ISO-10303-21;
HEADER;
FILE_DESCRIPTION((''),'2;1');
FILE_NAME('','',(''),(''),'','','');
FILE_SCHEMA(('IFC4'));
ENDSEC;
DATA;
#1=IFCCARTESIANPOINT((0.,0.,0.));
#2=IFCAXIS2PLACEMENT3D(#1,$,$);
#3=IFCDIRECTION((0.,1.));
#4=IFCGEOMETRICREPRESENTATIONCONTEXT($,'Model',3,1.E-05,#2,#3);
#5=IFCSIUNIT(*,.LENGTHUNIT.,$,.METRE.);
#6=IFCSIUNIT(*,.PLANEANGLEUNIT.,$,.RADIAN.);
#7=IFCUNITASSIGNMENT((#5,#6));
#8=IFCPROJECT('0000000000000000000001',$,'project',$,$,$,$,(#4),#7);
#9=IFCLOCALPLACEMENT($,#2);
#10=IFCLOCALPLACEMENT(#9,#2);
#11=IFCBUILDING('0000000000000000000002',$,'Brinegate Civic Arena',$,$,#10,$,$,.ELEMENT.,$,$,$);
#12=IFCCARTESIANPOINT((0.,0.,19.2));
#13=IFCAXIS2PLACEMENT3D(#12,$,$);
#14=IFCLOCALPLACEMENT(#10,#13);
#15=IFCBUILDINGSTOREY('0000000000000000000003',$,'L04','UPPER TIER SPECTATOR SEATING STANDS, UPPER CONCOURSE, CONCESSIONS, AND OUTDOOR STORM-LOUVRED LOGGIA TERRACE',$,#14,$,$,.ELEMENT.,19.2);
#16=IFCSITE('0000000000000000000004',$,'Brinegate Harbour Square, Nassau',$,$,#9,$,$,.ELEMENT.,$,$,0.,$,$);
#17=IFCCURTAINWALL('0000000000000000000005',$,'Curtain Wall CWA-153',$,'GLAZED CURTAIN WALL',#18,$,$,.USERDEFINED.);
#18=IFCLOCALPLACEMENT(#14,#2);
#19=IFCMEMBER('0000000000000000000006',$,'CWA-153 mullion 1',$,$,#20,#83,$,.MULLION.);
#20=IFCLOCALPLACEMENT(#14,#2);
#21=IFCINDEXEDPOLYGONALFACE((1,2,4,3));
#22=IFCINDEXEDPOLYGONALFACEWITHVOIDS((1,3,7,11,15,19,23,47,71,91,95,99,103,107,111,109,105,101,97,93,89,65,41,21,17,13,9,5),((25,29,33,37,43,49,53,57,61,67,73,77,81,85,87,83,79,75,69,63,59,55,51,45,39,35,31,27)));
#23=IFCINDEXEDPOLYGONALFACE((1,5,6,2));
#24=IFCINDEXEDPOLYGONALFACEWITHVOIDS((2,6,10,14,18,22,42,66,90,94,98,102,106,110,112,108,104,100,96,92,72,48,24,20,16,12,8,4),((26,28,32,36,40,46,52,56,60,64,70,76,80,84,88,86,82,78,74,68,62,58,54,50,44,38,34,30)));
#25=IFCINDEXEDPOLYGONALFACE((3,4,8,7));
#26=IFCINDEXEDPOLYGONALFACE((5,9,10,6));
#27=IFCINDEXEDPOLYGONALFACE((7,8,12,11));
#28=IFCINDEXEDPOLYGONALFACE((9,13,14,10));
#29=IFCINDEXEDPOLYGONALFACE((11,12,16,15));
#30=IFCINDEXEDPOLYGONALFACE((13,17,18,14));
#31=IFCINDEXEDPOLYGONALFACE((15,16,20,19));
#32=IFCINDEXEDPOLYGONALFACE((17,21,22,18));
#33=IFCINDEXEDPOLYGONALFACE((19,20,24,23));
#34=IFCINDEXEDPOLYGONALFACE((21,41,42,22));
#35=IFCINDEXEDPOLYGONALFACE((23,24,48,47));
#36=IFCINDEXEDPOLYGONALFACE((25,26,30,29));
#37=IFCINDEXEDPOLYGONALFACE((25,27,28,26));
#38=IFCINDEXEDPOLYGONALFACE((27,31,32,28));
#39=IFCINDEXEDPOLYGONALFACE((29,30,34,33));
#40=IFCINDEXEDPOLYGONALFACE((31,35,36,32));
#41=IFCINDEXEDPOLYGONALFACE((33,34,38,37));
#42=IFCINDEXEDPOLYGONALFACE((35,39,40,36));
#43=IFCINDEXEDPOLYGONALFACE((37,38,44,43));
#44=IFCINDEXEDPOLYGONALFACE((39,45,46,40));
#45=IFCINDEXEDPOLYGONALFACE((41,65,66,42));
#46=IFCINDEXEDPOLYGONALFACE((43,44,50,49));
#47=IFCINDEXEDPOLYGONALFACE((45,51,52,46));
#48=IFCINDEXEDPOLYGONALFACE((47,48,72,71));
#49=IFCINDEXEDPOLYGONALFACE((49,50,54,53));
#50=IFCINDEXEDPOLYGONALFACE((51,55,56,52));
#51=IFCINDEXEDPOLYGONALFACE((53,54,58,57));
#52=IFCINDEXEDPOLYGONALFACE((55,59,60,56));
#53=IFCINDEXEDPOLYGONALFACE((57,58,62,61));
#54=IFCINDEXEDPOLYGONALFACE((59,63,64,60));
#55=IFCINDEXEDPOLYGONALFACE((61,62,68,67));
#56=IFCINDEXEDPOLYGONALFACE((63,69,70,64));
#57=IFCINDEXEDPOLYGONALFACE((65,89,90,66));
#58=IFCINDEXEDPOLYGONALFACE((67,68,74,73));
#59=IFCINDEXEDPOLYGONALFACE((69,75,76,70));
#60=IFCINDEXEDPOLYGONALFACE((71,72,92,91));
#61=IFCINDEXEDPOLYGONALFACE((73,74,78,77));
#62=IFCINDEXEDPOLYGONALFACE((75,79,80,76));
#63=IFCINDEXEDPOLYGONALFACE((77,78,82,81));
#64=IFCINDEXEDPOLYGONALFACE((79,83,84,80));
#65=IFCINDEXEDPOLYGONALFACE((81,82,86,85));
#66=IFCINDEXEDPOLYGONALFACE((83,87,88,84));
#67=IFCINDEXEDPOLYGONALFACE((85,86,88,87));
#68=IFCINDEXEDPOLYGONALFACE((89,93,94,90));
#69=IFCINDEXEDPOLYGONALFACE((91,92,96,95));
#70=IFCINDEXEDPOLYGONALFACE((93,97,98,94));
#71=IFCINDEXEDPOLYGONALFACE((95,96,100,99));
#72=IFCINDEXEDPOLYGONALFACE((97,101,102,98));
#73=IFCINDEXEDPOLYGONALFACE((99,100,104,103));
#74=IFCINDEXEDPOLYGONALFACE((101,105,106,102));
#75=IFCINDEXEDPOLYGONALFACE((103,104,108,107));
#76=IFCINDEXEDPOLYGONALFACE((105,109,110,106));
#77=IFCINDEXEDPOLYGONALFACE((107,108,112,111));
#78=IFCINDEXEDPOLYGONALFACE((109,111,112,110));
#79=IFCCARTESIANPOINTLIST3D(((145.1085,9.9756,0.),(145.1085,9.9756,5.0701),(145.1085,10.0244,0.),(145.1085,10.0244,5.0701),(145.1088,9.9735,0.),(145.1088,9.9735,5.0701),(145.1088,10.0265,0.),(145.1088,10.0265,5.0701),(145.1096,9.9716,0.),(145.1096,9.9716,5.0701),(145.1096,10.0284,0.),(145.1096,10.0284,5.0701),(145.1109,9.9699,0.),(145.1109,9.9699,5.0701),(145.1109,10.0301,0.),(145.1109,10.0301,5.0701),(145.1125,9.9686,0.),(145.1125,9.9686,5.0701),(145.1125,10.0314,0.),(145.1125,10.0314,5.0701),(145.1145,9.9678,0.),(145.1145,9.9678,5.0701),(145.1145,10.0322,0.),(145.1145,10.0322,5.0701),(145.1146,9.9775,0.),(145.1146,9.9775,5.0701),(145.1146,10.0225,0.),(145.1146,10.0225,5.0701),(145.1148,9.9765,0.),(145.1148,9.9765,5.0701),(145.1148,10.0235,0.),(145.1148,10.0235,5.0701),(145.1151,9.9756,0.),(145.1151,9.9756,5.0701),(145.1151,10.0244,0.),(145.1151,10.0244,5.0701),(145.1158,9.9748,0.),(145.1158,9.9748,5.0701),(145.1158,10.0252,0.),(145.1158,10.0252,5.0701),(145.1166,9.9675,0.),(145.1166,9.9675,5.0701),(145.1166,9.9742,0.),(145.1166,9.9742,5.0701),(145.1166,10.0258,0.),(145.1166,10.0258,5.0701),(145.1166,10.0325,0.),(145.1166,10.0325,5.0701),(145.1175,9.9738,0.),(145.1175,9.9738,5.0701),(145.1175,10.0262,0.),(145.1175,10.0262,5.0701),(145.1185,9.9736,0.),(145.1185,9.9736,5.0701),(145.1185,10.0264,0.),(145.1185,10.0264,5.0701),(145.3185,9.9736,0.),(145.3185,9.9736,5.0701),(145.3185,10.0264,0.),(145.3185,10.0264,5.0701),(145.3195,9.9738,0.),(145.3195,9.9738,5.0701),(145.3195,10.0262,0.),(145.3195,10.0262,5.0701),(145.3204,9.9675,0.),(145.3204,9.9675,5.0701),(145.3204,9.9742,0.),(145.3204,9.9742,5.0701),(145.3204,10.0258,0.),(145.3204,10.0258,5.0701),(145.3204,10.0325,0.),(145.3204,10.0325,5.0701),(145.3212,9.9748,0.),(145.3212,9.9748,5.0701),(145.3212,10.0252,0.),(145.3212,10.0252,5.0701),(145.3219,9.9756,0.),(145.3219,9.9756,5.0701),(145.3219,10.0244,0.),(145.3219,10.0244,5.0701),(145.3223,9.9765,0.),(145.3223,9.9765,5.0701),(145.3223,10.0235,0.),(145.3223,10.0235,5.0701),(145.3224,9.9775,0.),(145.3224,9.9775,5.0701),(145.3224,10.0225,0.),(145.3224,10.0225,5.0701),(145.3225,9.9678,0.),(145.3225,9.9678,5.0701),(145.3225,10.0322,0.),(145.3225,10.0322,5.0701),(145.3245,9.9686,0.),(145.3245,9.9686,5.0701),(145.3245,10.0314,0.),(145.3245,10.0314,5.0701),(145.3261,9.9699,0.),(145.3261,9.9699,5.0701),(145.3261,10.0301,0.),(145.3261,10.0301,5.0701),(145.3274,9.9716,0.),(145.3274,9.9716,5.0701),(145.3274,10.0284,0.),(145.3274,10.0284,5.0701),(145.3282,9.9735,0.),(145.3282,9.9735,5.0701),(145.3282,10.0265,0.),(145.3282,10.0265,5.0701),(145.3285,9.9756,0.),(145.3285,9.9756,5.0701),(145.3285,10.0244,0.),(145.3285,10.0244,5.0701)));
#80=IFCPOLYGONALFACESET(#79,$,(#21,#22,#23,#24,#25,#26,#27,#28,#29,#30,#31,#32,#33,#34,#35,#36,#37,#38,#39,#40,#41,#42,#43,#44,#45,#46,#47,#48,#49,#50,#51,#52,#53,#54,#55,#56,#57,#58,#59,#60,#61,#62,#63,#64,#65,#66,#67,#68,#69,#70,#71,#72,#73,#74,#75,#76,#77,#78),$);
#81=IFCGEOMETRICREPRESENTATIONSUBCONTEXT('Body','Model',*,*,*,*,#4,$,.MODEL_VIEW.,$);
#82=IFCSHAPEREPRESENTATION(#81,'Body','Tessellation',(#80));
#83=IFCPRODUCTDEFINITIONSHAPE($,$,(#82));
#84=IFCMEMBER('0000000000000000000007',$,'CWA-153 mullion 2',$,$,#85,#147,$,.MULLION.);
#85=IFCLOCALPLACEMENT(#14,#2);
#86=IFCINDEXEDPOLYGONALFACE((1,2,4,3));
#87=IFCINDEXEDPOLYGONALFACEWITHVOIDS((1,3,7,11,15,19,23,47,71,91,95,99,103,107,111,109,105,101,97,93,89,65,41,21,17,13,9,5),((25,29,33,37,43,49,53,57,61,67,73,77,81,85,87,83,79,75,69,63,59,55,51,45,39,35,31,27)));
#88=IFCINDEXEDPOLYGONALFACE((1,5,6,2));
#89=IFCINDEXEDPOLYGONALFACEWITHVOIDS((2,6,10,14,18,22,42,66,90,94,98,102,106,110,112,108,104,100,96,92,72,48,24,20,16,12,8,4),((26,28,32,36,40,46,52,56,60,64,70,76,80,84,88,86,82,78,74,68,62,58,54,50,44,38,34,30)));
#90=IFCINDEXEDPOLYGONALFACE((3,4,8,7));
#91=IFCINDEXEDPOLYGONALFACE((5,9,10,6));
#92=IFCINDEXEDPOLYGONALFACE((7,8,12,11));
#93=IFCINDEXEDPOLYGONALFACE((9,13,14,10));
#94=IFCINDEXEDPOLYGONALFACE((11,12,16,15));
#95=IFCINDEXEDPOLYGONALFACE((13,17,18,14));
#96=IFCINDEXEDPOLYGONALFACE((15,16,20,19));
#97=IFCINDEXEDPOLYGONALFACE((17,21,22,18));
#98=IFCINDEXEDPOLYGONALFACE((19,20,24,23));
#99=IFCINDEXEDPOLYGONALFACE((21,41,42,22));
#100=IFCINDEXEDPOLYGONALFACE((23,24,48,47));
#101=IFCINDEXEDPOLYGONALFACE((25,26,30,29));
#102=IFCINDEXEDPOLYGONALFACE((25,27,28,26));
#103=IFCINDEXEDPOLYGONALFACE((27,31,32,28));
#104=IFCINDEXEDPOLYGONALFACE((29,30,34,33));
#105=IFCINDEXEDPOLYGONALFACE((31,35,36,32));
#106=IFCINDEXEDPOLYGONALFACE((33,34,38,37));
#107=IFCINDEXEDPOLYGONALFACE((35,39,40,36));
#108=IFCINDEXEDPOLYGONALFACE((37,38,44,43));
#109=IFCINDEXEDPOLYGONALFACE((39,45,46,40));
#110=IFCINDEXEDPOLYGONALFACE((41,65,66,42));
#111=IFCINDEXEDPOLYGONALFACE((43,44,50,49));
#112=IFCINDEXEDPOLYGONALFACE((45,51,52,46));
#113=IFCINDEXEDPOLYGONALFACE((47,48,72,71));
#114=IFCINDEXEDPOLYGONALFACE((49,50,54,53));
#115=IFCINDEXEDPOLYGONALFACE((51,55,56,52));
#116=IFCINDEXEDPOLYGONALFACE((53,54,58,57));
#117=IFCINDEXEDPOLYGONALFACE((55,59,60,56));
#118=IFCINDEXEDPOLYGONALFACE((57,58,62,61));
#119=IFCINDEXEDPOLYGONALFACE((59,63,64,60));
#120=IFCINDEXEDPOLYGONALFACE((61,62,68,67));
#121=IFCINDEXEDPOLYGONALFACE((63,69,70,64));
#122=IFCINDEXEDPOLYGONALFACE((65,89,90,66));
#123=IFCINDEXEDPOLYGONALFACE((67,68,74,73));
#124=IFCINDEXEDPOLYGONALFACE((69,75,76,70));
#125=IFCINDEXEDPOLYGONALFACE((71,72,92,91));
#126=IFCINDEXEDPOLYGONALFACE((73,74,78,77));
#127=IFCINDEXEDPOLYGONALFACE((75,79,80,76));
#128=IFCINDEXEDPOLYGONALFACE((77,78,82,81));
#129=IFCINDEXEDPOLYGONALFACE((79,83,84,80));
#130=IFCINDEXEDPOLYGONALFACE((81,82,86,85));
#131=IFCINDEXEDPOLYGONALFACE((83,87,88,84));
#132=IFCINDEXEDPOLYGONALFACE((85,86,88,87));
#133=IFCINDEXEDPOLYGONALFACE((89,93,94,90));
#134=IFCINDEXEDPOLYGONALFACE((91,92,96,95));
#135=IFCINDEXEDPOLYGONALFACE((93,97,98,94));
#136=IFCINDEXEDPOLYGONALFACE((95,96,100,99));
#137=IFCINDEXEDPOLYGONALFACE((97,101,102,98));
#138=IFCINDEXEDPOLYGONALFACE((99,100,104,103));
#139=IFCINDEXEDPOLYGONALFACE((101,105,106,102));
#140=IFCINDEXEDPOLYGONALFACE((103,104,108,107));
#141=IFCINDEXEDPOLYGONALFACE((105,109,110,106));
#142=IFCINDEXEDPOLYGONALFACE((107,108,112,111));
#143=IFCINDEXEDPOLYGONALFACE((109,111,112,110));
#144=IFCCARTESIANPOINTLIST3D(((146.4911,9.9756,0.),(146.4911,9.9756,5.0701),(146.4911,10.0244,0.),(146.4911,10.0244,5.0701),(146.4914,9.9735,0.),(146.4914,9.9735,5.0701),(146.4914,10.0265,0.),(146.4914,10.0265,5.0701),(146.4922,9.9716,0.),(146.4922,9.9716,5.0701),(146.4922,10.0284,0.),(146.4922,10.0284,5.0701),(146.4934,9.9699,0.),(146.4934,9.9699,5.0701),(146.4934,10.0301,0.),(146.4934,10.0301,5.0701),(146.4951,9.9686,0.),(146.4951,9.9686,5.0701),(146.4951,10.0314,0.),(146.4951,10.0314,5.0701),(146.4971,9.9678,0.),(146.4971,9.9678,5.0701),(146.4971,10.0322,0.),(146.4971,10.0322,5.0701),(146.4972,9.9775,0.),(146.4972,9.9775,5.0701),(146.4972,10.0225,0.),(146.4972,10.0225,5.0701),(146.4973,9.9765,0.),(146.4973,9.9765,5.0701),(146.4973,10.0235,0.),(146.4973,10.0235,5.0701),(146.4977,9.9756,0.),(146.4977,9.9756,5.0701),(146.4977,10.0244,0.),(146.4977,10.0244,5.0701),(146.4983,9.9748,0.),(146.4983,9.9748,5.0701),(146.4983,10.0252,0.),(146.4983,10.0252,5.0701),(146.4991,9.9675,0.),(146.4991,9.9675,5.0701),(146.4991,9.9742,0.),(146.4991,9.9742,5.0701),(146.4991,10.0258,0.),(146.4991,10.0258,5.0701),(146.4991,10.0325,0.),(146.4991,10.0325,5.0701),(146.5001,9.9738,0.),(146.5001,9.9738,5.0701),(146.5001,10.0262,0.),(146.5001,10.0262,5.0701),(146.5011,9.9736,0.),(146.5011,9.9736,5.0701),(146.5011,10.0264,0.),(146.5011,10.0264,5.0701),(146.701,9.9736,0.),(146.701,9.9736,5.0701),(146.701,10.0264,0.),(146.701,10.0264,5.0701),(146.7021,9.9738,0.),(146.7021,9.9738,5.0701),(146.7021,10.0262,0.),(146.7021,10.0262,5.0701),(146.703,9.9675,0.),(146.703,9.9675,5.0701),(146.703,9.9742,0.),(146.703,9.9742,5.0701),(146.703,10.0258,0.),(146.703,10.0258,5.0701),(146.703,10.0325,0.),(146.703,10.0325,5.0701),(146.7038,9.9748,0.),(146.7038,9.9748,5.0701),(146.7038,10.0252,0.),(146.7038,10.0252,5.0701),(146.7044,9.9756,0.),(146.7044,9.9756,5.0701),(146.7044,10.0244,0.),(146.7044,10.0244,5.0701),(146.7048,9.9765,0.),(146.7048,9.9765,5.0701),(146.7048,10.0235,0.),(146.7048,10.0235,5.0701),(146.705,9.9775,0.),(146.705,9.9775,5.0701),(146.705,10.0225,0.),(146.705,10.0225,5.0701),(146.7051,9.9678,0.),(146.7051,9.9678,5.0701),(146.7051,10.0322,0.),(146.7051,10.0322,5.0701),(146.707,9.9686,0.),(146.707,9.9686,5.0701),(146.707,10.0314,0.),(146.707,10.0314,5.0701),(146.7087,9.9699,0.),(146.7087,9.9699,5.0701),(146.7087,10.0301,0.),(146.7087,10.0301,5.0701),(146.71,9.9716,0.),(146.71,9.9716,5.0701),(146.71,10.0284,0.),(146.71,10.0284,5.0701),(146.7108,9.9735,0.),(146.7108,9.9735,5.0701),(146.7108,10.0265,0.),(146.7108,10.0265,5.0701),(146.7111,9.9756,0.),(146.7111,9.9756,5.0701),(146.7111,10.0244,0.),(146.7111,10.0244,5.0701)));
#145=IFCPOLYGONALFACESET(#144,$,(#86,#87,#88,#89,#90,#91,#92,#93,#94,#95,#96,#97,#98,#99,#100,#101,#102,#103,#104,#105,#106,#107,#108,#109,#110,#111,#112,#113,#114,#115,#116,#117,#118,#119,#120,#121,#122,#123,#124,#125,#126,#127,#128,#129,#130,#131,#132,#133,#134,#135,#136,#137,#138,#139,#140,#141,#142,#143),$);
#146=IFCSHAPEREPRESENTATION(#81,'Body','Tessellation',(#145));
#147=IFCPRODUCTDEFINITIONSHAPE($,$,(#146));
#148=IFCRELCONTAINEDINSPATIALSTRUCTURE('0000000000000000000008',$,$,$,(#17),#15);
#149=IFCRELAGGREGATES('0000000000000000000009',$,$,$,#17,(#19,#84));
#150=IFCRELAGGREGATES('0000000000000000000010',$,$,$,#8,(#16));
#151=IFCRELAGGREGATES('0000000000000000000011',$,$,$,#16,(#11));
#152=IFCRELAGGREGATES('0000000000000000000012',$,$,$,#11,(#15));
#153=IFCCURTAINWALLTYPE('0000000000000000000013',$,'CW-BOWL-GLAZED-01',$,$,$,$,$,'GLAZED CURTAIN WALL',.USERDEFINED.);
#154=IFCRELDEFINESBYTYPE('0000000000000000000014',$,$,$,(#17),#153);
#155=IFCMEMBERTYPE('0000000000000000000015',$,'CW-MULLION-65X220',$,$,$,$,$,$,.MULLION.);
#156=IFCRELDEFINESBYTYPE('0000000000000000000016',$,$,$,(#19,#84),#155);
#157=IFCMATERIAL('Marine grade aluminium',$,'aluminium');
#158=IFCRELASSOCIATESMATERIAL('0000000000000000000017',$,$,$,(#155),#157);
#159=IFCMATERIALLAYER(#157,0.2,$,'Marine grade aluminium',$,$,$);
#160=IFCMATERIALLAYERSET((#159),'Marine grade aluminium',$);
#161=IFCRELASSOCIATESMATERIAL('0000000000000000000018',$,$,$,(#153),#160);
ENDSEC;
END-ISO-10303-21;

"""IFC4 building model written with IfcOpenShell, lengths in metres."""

from ifc_helpers import new_model, si_unit, direction, frame, origin, origin_2d, place, context, subcontext, project, spatial, hollow_rectangle, extrude, material, layer, layer_set, material_profile, profile_set, type_object, element, aggregate, save


model = new_model("IFC4")

# Units and contexts
model_context = context("Model", 3, precision=1e-05, world=origin(), true_north=direction((0.0, 1.0)))
body_context = subcontext(model_context, "Body", "Model", "MODEL_VIEW")
ifc_project = project(units=[si_unit("LENGTHUNIT", "METRE"), si_unit("PLANEANGLEUNIT", "RADIAN")], contexts=[model_context])

# Site, building, storey
site_placement = place(None, origin())
site = spatial("IfcSite", under=ifc_project, at=site_placement, Name="Brinegate Harbour Square, Nassau", CompositionType="ELEMENT", RefElevation=0.0)
building_placement = place(site_placement, origin())
building = spatial("IfcBuilding", under=site, at=building_placement, Name="Brinegate Civic Arena", CompositionType="ELEMENT")
storey_placement = place(building_placement, frame((0.0, 0.0, 19.2)))
storey = spatial("IfcBuildingStorey", under=building, at=storey_placement, Name="L04", Description="UPPER TIER SPECTATOR SEATING STANDS, UPPER CONCOURSE, CONCESSIONS, AND OUTDOOR STORM-LOUVRED LOGGIA TERRACE", CompositionType="ELEMENT", Elevation=19.2)

# Curtain wall, members
ifc_material_1 = material(Name="Marine grade aluminium", Category="aluminium")
ifc_material_profile_1 = material_profile(ifc_material_1, hollow_rectangle(XDim=0.0649, YDim=0.22, WallThickness=0.0061, InnerFilletRadius=0.0039, OuterFilletRadius=0.0081, at=origin_2d()), Name="MUL65X220")
ifc_profile_set_1 = profile_set([ifc_material_profile_1], Name="Marine grade aluminium")
member_type_1 = type_object("IfcMemberType", Name="CW-MULLION-65X220", PredefinedType="MULLION", material=ifc_profile_set_1)
ifc_layer_1 = layer(ifc_material_1, 0.2, Name="Marine grade aluminium")
ifc_layer_set_1 = layer_set([ifc_layer_1], Name="Marine grade aluminium")
curtain_wall_type_1 = type_object("IfcCurtainWallType", Name="CW-BOWL-GLAZED-01", ElementType="GLAZED CURTAIN WALL", PredefinedType="USERDEFINED", material=ifc_layer_set_1)
curtain_wall_1_placement = place(storey_placement, origin())
curtain_wall_1 = element("IfcCurtainWall", 1, at=curtain_wall_1_placement, inside=storey, type_object=curtain_wall_type_1, Name="Curtain Wall CWA-153", ObjectType="GLAZED CURTAIN WALL", PredefinedType="USERDEFINED")
member_1_placement = place(storey_placement, frame((145.2185, 10.0, 0.0), z_axis=(0.0, 0.0, 1.0), x_axis=(0.0, 1.0, 0.0)))
member_1 = element("IfcMember", 2, at=member_1_placement, type_object=member_type_1, Name="CWA-153 mullion 1", PredefinedType="MULLION", context=body_context, shape_type="SweptSolid", body=[
    extrude(hollow_rectangle(XDim=0.0649, YDim=0.22, WallThickness=0.0061, InnerFilletRadius=0.0039, OuterFilletRadius=0.0081, at=origin_2d()), origin(), (0.0, 0.0, 1.0), 5.0701),
])
member_2_placement = place(storey_placement, frame((146.6011, 10.0, 0.0), z_axis=(0.0, 0.0, 1.0), x_axis=(0.0, 1.0, 0.0)))
member_2 = element("IfcMember", 3, at=member_2_placement, type_object=member_type_1, Name="CWA-153 mullion 2", PredefinedType="MULLION", context=body_context, shape_type="SweptSolid", body=[
    extrude(hollow_rectangle(XDim=0.0649, YDim=0.22, WallThickness=0.0061, InnerFilletRadius=0.0039, OuterFilletRadius=0.0081, at=origin_2d()), origin(), (0.0, 0.0, 1.0), 5.0701),
])

aggregate(curtain_wall_1, [member_1, member_2])

save(model, "model.ifc")
